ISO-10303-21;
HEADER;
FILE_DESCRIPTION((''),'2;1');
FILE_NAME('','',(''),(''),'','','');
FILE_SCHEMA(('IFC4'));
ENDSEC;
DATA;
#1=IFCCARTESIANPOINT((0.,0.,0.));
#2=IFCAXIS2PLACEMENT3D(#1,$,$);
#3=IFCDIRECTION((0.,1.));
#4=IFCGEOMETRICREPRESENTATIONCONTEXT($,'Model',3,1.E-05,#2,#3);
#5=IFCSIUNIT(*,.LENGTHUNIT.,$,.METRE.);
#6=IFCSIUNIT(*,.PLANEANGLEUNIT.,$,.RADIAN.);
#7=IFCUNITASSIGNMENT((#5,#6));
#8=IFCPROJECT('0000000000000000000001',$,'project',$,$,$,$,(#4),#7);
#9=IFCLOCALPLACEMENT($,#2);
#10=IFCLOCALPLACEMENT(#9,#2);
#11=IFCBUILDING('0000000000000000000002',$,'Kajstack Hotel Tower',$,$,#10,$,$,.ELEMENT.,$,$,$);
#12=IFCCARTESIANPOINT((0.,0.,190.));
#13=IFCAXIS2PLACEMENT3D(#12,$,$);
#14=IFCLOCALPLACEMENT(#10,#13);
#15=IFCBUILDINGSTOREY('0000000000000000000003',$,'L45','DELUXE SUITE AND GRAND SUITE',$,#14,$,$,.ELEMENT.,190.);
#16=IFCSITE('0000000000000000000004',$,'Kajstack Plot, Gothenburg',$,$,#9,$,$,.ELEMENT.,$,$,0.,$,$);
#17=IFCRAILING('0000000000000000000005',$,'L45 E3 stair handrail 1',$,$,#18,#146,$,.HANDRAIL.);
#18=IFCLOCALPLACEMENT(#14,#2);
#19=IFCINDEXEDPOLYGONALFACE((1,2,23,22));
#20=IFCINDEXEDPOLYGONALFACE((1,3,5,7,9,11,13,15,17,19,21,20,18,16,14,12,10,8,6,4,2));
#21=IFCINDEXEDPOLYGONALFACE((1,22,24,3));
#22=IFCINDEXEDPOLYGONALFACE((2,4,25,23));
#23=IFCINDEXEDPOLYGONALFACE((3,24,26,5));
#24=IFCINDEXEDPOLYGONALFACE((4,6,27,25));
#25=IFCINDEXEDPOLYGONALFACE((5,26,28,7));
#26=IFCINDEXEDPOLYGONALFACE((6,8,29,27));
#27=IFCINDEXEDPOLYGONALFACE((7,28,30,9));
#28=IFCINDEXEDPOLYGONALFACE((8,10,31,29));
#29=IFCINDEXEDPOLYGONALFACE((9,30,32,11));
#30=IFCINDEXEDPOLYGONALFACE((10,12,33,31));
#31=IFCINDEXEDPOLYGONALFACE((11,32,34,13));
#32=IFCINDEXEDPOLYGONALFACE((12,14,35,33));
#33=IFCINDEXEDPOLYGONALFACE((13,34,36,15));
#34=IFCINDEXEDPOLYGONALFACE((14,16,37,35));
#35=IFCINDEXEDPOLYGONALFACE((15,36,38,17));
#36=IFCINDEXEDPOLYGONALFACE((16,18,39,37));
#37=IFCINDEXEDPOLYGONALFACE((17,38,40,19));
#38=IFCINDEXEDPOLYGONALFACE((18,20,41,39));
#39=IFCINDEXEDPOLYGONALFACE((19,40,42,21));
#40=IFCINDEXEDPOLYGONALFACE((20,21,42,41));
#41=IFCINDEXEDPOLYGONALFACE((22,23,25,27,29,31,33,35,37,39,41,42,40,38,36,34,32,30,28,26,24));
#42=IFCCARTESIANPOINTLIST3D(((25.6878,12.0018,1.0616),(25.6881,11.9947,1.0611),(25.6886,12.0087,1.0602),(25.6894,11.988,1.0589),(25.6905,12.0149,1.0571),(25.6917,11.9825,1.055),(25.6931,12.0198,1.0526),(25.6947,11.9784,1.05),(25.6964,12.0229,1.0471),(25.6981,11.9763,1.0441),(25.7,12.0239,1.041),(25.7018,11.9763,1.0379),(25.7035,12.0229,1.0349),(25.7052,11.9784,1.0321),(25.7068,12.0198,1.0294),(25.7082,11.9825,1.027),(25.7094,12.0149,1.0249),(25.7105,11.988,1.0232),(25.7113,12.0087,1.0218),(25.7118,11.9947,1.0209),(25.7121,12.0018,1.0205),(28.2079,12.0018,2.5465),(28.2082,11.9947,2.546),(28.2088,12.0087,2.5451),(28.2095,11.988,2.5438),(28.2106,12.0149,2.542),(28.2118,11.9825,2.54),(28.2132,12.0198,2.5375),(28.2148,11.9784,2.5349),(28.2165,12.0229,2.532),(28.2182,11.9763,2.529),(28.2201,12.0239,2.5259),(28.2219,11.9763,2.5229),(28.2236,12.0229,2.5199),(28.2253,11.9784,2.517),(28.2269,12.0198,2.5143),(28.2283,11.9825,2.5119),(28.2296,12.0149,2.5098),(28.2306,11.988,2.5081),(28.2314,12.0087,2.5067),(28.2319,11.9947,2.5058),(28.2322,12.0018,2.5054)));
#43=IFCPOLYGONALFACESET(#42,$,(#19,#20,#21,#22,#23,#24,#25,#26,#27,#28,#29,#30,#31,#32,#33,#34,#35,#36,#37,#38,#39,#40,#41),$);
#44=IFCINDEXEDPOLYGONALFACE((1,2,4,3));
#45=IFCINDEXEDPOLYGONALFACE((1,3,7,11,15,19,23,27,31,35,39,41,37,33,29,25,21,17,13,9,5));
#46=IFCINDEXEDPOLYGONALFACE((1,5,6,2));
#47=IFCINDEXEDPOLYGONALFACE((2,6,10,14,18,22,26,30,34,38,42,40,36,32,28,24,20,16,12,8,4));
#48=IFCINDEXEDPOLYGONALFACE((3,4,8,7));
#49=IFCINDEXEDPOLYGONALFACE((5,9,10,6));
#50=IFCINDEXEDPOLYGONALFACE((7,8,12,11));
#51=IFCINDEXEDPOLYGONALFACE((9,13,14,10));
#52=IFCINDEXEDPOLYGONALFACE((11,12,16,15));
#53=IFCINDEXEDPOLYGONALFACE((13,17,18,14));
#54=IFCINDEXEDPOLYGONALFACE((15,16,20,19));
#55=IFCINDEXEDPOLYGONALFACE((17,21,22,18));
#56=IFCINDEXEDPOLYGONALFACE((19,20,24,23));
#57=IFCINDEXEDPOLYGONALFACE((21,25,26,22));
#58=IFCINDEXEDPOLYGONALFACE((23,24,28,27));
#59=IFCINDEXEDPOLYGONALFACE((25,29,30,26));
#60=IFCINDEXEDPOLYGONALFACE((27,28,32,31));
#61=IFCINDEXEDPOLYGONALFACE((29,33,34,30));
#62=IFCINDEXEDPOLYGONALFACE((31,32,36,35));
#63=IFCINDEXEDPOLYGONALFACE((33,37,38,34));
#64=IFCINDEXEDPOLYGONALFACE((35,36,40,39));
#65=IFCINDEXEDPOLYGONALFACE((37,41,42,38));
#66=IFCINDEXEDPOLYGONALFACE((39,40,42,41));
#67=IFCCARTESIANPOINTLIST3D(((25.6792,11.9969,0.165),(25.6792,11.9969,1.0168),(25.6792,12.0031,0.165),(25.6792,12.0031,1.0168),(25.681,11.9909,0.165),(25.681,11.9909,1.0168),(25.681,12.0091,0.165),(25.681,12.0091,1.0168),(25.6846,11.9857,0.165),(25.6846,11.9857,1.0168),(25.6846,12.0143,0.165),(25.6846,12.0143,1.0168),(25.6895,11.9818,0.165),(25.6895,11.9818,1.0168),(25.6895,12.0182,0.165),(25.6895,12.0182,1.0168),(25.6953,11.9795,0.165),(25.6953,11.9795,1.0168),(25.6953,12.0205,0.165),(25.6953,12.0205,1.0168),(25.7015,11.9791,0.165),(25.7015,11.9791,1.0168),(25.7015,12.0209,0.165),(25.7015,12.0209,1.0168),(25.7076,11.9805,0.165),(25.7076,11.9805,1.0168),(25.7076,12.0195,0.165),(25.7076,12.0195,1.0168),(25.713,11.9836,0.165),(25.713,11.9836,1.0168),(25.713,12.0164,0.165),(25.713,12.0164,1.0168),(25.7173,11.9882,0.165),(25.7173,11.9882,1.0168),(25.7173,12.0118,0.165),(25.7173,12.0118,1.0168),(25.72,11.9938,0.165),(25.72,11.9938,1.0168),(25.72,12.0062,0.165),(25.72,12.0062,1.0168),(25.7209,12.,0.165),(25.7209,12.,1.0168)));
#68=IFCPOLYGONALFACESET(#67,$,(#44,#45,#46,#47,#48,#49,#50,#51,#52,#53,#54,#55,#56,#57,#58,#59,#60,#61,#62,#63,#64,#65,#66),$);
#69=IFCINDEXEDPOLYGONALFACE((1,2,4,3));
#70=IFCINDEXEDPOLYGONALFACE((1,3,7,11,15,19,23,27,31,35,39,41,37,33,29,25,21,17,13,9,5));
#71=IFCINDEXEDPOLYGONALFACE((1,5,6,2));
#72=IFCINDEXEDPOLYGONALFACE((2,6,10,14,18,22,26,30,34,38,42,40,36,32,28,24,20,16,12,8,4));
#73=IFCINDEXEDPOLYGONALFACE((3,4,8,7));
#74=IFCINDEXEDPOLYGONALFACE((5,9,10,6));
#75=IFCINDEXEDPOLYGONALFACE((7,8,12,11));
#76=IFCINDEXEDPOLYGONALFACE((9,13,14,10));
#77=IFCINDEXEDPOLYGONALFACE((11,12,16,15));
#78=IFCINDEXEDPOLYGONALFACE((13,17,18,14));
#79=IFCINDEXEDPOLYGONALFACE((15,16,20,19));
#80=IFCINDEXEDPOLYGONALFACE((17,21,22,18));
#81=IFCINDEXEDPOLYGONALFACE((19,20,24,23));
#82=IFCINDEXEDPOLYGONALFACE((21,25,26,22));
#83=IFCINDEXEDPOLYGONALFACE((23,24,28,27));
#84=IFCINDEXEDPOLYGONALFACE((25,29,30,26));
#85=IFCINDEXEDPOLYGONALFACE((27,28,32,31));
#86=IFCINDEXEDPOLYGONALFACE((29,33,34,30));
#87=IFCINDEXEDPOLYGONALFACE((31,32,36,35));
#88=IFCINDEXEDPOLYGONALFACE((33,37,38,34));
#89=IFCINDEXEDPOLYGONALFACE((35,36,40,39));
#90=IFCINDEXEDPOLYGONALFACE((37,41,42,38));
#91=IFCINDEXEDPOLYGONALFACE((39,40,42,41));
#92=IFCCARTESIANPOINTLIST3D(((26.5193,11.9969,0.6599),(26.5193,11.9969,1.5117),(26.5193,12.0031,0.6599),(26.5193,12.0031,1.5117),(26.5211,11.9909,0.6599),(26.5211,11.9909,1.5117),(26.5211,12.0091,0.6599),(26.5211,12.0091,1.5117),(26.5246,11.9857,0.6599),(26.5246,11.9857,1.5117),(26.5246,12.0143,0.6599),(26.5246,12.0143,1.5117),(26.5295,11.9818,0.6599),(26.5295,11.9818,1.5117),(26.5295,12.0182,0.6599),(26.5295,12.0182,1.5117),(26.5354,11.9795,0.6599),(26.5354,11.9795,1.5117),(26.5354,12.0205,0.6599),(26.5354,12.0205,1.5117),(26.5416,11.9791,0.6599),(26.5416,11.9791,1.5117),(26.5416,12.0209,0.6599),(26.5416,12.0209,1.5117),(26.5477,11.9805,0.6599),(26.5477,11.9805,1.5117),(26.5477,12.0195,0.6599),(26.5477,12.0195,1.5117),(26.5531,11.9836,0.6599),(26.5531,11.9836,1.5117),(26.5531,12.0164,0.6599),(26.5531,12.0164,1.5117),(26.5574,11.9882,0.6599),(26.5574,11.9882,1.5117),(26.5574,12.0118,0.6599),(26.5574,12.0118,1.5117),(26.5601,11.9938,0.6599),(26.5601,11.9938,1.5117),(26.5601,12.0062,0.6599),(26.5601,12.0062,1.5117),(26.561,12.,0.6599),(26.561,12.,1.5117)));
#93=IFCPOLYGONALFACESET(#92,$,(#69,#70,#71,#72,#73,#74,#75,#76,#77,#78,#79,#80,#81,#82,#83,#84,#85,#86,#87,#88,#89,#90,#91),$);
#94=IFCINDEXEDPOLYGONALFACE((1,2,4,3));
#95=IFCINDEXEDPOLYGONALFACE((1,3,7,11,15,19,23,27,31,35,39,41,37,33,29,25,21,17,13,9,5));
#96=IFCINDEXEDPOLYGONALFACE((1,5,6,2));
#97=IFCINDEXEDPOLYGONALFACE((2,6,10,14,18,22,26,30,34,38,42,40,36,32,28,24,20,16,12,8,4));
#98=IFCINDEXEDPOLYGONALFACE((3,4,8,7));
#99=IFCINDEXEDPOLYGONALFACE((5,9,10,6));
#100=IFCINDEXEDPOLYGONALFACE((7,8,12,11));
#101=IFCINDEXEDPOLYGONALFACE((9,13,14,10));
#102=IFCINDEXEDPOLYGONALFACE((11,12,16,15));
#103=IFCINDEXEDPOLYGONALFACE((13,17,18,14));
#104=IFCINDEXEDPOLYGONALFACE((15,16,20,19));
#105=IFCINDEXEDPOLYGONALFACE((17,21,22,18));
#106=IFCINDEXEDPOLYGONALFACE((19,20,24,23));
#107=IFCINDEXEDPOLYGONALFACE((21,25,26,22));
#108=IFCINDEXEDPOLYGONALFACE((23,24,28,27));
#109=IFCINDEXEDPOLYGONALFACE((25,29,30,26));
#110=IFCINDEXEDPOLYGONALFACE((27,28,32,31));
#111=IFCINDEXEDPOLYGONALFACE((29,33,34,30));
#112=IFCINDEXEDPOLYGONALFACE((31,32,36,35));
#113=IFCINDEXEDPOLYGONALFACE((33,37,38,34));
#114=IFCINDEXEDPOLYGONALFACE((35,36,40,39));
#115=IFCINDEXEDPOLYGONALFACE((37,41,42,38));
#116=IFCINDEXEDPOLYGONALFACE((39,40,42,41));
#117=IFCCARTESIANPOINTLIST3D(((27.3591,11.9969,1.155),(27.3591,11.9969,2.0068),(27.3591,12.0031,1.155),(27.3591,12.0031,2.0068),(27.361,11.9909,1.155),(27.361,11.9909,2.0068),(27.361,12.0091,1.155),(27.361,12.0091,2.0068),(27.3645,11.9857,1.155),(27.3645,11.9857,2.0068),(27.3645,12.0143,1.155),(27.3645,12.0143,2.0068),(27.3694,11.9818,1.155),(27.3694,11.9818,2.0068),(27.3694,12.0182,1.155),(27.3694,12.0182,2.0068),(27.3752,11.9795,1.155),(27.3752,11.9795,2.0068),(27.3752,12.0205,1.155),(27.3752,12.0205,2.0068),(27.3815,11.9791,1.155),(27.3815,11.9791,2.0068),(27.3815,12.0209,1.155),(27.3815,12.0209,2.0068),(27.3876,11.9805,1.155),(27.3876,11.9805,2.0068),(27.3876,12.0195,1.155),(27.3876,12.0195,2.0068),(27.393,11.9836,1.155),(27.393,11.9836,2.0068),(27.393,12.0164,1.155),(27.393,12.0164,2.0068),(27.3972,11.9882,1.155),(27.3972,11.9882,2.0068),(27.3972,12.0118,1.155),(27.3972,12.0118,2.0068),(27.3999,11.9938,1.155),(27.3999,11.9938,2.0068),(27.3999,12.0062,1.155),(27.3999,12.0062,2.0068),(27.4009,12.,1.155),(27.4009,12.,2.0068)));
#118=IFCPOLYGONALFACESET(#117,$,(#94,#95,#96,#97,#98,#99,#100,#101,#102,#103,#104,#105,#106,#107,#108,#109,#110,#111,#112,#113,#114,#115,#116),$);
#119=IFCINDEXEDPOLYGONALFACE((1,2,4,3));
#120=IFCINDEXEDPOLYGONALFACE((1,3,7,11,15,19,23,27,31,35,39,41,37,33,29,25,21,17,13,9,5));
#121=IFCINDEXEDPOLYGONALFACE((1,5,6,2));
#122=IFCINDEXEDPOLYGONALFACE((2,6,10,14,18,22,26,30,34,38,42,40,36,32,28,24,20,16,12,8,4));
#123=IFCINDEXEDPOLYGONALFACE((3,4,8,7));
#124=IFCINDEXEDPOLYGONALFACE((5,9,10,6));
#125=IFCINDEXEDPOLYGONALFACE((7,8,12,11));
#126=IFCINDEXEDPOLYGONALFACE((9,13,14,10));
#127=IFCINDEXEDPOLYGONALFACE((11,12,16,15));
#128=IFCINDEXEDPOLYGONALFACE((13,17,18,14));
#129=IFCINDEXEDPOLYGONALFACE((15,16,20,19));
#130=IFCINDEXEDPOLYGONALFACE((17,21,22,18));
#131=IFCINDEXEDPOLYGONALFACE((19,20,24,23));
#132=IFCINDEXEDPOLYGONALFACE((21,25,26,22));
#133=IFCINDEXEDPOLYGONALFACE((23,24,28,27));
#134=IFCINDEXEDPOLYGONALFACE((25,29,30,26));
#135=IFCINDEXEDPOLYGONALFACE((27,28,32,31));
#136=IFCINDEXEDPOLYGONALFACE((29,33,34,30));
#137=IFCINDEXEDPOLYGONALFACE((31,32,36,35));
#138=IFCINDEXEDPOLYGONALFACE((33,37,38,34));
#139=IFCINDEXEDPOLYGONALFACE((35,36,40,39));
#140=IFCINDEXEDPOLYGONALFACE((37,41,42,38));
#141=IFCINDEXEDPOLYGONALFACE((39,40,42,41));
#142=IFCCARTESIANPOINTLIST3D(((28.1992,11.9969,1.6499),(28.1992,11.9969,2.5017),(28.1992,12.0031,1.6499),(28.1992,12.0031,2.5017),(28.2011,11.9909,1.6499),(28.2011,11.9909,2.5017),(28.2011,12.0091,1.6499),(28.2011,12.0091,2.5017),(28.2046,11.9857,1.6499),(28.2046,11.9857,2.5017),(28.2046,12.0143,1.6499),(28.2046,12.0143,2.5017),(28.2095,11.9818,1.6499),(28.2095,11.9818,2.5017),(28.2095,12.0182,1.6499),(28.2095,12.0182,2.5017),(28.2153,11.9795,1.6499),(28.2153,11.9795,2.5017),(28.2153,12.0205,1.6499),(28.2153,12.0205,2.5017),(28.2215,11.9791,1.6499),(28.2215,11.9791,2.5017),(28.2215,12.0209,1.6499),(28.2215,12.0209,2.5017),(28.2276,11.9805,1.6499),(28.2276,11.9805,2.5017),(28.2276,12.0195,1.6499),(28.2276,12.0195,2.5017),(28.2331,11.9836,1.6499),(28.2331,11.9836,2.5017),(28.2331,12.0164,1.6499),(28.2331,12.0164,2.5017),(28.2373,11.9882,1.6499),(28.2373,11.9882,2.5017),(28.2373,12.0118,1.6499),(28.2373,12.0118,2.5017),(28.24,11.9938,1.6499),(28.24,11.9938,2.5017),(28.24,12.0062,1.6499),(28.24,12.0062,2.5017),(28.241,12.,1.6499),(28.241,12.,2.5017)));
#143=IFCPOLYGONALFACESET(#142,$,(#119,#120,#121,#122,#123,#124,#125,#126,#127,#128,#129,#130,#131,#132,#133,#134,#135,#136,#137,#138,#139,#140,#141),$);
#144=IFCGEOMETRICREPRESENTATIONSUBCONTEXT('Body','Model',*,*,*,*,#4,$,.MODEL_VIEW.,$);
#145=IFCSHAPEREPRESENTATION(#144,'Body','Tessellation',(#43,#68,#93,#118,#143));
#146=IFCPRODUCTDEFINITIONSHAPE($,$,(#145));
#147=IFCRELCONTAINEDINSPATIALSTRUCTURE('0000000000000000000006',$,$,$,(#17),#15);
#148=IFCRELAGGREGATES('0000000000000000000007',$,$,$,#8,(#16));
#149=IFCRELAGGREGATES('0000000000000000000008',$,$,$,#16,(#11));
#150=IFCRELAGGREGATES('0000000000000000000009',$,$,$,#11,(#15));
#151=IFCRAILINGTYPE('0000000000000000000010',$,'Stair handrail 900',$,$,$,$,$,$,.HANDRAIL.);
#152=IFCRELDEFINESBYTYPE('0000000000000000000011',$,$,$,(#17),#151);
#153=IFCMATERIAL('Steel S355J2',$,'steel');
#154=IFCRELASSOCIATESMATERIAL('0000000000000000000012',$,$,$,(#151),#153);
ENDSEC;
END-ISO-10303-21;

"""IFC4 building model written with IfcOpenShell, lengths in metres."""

from ifc_helpers import new_model, si_unit, direction, frame, origin, origin_2d, place, context, subcontext, project, spatial, circle, extrude, material, type_object, element, save


model = new_model("IFC4")

# Units and contexts
model_context = context("Model", 3, precision=1e-05, world=origin(), true_north=direction((0.0, 1.0)))
body_context = subcontext(model_context, "Body", "Model", "MODEL_VIEW")
ifc_project = project(units=[si_unit("LENGTHUNIT", "METRE"), si_unit("PLANEANGLEUNIT", "RADIAN")], contexts=[model_context])

# Site, building, storey
site_placement = place(None, origin())
site = spatial("IfcSite", under=ifc_project, at=site_placement, Name="Kajstack Plot, Gothenburg", CompositionType="ELEMENT", RefElevation=0.0)
building_placement = place(site_placement, origin())
building = spatial("IfcBuilding", under=site, at=building_placement, Name="Kajstack Hotel Tower", CompositionType="ELEMENT")
storey_placement = place(building_placement, frame((0.0, 0.0, 190.0)))
storey = spatial("IfcBuildingStorey", under=building, at=storey_placement, Name="L45", Description="DELUXE SUITE AND GRAND SUITE", CompositionType="ELEMENT", Elevation=190.0)

# Railing
ifc_material_1 = material(Name="Steel S355J2", Category="steel")
railing_type_1 = type_object("IfcRailingType", Name="Stair handrail 900", PredefinedType="HANDRAIL", material=ifc_material_1)
railing_1_placement = place(storey_placement, frame((25.7, 12.0, 0.165)))
element("IfcRailing", 1, at=railing_1_placement, inside=storey, type_object=railing_type_1, Name="L45 E3 stair handrail 1", PredefinedType="HANDRAIL", context=body_context, shape_type="SweptSolid", body=[
    extrude(circle(Radius=0.0239, at=origin_2d()), frame((0.0, 0.0, 0.876), z_axis=(0.861561, 0.0, 0.507655), x_axis=(0.0, 1.0, 0.0)), (0.0, 0.0, 1.0), 2.925),
    extrude(circle(Radius=0.021, at=origin_2d()), origin(), (0.0, 0.0, 1.0), 0.8518),
    extrude(circle(Radius=0.021, at=origin_2d()), frame((0.8401, 0.0, 0.4949)), (0.0, 0.0, 1.0), 0.8518),
    extrude(circle(Radius=0.021, at=origin_2d()), frame((1.6799, 0.0, 0.99)), (0.0, 0.0, 1.0), 0.8518),
    extrude(circle(Radius=0.021, at=origin_2d()), frame((2.52, 0.0, 1.4849)), (0.0, 0.0, 1.0), 0.8518),
])

save(model, "model.ifc")
